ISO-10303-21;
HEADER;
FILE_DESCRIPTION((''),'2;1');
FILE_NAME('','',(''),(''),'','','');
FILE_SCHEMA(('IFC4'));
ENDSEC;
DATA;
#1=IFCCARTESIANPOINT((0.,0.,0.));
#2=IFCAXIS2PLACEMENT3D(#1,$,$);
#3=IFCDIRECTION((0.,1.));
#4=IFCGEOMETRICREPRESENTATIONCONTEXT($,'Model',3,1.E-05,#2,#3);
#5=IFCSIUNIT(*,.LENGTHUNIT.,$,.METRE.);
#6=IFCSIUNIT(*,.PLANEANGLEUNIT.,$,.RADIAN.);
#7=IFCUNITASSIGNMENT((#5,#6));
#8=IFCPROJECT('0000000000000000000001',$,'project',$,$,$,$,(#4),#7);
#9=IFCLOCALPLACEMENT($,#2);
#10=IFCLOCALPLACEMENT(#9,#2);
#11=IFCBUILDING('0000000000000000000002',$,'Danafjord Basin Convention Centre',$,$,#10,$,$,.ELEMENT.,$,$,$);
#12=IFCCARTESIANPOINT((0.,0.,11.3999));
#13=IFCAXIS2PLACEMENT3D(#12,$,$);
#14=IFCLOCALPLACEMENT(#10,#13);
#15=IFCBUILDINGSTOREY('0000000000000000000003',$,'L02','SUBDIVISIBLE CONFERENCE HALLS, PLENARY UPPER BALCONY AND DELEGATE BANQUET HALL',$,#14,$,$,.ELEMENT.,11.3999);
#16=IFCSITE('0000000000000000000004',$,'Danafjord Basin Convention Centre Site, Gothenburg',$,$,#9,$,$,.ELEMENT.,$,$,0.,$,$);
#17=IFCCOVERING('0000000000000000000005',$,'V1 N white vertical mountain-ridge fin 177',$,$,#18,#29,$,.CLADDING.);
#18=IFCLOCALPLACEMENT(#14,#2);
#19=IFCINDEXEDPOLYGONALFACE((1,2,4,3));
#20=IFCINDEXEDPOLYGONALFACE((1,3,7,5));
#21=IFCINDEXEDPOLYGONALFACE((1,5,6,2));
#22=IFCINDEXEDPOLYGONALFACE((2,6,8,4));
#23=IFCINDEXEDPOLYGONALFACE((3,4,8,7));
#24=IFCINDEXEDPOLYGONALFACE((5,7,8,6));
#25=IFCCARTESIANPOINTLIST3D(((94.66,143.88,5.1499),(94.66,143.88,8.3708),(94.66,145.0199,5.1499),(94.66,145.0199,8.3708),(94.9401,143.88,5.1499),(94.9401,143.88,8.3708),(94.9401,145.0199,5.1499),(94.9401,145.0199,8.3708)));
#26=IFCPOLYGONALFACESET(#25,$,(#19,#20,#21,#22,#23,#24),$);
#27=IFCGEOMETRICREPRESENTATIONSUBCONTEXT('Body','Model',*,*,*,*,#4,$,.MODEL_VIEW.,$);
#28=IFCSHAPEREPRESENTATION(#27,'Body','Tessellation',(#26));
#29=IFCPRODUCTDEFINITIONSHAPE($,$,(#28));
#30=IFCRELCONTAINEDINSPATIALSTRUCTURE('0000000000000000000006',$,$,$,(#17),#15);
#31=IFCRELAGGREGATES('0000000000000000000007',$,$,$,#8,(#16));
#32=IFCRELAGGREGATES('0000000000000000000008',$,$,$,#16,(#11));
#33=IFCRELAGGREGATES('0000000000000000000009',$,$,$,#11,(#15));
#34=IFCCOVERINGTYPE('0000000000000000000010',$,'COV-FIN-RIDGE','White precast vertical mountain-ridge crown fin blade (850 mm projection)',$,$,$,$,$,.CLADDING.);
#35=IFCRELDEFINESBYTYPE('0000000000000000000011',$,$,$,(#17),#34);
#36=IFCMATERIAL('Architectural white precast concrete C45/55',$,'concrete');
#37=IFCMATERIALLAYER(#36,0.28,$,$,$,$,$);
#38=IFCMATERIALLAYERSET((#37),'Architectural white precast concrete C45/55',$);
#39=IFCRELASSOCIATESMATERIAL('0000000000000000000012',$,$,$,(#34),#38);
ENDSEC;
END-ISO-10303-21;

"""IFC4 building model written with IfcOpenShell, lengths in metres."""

from ifc_helpers import new_model, si_unit, direction, frame, origin, origin_2d, place, context, subcontext, project, spatial, rectangle, extrude, material, layer, layer_set, type_object, element, save


model = new_model("IFC4")

# Units and contexts
model_context = context("Model", 3, precision=1e-05, world=origin(), true_north=direction((0.0, 1.0)))
body_context = subcontext(model_context, "Body", "Model", "MODEL_VIEW")
ifc_project = project(units=[si_unit("LENGTHUNIT", "METRE"), si_unit("PLANEANGLEUNIT", "RADIAN")], contexts=[model_context])

# Site, building, storey
site_placement = place(None, origin())
site = spatial("IfcSite", under=ifc_project, at=site_placement, Name="Danafjord Basin Convention Centre Site, Gothenburg", CompositionType="ELEMENT", RefElevation=0.0)
building_placement = place(site_placement, origin())
building = spatial("IfcBuilding", under=site, at=building_placement, Name="Danafjord Basin Convention Centre", CompositionType="ELEMENT")
storey_placement = place(building_placement, frame((0.0, 0.0, 11.3999)))
storey = spatial("IfcBuildingStorey", under=building, at=storey_placement, Name="L02", Description="SUBDIVISIBLE CONFERENCE HALLS, PLENARY UPPER BALCONY AND DELEGATE BANQUET HALL", CompositionType="ELEMENT", Elevation=11.3999)

# Covering
ifc_material_1 = material(Name="Architectural white precast concrete C45/55", Category="concrete")
ifc_layer_1 = layer(ifc_material_1, 0.28)
ifc_layer_set_1 = layer_set([ifc_layer_1], Name="Architectural white precast concrete C45/55")
covering_type = type_object("IfcCoveringType", Name="COV-FIN-RIDGE", Description="White precast vertical mountain-ridge crown fin blade (850 mm projection)", PredefinedType="CLADDING", material=ifc_layer_set_1)
covering_1_placement = place(storey_placement, frame((94.8, 144.45, 5.1499), z_axis=(0.0, 0.0, 1.0), x_axis=(0.0, 1.0, 0.0)))
element("IfcCovering", 1, at=covering_1_placement, inside=storey, type_object=covering_type, Name="V1 N white vertical mountain-ridge fin 177", PredefinedType="CLADDING", context=body_context, shape_type="SweptSolid", body=[
    extrude(rectangle(XDim=1.1399, YDim=0.28, at=origin_2d()), origin(), (0.0, 0.0, 1.0), 3.2209),
])

save(model, "model.ifc")
